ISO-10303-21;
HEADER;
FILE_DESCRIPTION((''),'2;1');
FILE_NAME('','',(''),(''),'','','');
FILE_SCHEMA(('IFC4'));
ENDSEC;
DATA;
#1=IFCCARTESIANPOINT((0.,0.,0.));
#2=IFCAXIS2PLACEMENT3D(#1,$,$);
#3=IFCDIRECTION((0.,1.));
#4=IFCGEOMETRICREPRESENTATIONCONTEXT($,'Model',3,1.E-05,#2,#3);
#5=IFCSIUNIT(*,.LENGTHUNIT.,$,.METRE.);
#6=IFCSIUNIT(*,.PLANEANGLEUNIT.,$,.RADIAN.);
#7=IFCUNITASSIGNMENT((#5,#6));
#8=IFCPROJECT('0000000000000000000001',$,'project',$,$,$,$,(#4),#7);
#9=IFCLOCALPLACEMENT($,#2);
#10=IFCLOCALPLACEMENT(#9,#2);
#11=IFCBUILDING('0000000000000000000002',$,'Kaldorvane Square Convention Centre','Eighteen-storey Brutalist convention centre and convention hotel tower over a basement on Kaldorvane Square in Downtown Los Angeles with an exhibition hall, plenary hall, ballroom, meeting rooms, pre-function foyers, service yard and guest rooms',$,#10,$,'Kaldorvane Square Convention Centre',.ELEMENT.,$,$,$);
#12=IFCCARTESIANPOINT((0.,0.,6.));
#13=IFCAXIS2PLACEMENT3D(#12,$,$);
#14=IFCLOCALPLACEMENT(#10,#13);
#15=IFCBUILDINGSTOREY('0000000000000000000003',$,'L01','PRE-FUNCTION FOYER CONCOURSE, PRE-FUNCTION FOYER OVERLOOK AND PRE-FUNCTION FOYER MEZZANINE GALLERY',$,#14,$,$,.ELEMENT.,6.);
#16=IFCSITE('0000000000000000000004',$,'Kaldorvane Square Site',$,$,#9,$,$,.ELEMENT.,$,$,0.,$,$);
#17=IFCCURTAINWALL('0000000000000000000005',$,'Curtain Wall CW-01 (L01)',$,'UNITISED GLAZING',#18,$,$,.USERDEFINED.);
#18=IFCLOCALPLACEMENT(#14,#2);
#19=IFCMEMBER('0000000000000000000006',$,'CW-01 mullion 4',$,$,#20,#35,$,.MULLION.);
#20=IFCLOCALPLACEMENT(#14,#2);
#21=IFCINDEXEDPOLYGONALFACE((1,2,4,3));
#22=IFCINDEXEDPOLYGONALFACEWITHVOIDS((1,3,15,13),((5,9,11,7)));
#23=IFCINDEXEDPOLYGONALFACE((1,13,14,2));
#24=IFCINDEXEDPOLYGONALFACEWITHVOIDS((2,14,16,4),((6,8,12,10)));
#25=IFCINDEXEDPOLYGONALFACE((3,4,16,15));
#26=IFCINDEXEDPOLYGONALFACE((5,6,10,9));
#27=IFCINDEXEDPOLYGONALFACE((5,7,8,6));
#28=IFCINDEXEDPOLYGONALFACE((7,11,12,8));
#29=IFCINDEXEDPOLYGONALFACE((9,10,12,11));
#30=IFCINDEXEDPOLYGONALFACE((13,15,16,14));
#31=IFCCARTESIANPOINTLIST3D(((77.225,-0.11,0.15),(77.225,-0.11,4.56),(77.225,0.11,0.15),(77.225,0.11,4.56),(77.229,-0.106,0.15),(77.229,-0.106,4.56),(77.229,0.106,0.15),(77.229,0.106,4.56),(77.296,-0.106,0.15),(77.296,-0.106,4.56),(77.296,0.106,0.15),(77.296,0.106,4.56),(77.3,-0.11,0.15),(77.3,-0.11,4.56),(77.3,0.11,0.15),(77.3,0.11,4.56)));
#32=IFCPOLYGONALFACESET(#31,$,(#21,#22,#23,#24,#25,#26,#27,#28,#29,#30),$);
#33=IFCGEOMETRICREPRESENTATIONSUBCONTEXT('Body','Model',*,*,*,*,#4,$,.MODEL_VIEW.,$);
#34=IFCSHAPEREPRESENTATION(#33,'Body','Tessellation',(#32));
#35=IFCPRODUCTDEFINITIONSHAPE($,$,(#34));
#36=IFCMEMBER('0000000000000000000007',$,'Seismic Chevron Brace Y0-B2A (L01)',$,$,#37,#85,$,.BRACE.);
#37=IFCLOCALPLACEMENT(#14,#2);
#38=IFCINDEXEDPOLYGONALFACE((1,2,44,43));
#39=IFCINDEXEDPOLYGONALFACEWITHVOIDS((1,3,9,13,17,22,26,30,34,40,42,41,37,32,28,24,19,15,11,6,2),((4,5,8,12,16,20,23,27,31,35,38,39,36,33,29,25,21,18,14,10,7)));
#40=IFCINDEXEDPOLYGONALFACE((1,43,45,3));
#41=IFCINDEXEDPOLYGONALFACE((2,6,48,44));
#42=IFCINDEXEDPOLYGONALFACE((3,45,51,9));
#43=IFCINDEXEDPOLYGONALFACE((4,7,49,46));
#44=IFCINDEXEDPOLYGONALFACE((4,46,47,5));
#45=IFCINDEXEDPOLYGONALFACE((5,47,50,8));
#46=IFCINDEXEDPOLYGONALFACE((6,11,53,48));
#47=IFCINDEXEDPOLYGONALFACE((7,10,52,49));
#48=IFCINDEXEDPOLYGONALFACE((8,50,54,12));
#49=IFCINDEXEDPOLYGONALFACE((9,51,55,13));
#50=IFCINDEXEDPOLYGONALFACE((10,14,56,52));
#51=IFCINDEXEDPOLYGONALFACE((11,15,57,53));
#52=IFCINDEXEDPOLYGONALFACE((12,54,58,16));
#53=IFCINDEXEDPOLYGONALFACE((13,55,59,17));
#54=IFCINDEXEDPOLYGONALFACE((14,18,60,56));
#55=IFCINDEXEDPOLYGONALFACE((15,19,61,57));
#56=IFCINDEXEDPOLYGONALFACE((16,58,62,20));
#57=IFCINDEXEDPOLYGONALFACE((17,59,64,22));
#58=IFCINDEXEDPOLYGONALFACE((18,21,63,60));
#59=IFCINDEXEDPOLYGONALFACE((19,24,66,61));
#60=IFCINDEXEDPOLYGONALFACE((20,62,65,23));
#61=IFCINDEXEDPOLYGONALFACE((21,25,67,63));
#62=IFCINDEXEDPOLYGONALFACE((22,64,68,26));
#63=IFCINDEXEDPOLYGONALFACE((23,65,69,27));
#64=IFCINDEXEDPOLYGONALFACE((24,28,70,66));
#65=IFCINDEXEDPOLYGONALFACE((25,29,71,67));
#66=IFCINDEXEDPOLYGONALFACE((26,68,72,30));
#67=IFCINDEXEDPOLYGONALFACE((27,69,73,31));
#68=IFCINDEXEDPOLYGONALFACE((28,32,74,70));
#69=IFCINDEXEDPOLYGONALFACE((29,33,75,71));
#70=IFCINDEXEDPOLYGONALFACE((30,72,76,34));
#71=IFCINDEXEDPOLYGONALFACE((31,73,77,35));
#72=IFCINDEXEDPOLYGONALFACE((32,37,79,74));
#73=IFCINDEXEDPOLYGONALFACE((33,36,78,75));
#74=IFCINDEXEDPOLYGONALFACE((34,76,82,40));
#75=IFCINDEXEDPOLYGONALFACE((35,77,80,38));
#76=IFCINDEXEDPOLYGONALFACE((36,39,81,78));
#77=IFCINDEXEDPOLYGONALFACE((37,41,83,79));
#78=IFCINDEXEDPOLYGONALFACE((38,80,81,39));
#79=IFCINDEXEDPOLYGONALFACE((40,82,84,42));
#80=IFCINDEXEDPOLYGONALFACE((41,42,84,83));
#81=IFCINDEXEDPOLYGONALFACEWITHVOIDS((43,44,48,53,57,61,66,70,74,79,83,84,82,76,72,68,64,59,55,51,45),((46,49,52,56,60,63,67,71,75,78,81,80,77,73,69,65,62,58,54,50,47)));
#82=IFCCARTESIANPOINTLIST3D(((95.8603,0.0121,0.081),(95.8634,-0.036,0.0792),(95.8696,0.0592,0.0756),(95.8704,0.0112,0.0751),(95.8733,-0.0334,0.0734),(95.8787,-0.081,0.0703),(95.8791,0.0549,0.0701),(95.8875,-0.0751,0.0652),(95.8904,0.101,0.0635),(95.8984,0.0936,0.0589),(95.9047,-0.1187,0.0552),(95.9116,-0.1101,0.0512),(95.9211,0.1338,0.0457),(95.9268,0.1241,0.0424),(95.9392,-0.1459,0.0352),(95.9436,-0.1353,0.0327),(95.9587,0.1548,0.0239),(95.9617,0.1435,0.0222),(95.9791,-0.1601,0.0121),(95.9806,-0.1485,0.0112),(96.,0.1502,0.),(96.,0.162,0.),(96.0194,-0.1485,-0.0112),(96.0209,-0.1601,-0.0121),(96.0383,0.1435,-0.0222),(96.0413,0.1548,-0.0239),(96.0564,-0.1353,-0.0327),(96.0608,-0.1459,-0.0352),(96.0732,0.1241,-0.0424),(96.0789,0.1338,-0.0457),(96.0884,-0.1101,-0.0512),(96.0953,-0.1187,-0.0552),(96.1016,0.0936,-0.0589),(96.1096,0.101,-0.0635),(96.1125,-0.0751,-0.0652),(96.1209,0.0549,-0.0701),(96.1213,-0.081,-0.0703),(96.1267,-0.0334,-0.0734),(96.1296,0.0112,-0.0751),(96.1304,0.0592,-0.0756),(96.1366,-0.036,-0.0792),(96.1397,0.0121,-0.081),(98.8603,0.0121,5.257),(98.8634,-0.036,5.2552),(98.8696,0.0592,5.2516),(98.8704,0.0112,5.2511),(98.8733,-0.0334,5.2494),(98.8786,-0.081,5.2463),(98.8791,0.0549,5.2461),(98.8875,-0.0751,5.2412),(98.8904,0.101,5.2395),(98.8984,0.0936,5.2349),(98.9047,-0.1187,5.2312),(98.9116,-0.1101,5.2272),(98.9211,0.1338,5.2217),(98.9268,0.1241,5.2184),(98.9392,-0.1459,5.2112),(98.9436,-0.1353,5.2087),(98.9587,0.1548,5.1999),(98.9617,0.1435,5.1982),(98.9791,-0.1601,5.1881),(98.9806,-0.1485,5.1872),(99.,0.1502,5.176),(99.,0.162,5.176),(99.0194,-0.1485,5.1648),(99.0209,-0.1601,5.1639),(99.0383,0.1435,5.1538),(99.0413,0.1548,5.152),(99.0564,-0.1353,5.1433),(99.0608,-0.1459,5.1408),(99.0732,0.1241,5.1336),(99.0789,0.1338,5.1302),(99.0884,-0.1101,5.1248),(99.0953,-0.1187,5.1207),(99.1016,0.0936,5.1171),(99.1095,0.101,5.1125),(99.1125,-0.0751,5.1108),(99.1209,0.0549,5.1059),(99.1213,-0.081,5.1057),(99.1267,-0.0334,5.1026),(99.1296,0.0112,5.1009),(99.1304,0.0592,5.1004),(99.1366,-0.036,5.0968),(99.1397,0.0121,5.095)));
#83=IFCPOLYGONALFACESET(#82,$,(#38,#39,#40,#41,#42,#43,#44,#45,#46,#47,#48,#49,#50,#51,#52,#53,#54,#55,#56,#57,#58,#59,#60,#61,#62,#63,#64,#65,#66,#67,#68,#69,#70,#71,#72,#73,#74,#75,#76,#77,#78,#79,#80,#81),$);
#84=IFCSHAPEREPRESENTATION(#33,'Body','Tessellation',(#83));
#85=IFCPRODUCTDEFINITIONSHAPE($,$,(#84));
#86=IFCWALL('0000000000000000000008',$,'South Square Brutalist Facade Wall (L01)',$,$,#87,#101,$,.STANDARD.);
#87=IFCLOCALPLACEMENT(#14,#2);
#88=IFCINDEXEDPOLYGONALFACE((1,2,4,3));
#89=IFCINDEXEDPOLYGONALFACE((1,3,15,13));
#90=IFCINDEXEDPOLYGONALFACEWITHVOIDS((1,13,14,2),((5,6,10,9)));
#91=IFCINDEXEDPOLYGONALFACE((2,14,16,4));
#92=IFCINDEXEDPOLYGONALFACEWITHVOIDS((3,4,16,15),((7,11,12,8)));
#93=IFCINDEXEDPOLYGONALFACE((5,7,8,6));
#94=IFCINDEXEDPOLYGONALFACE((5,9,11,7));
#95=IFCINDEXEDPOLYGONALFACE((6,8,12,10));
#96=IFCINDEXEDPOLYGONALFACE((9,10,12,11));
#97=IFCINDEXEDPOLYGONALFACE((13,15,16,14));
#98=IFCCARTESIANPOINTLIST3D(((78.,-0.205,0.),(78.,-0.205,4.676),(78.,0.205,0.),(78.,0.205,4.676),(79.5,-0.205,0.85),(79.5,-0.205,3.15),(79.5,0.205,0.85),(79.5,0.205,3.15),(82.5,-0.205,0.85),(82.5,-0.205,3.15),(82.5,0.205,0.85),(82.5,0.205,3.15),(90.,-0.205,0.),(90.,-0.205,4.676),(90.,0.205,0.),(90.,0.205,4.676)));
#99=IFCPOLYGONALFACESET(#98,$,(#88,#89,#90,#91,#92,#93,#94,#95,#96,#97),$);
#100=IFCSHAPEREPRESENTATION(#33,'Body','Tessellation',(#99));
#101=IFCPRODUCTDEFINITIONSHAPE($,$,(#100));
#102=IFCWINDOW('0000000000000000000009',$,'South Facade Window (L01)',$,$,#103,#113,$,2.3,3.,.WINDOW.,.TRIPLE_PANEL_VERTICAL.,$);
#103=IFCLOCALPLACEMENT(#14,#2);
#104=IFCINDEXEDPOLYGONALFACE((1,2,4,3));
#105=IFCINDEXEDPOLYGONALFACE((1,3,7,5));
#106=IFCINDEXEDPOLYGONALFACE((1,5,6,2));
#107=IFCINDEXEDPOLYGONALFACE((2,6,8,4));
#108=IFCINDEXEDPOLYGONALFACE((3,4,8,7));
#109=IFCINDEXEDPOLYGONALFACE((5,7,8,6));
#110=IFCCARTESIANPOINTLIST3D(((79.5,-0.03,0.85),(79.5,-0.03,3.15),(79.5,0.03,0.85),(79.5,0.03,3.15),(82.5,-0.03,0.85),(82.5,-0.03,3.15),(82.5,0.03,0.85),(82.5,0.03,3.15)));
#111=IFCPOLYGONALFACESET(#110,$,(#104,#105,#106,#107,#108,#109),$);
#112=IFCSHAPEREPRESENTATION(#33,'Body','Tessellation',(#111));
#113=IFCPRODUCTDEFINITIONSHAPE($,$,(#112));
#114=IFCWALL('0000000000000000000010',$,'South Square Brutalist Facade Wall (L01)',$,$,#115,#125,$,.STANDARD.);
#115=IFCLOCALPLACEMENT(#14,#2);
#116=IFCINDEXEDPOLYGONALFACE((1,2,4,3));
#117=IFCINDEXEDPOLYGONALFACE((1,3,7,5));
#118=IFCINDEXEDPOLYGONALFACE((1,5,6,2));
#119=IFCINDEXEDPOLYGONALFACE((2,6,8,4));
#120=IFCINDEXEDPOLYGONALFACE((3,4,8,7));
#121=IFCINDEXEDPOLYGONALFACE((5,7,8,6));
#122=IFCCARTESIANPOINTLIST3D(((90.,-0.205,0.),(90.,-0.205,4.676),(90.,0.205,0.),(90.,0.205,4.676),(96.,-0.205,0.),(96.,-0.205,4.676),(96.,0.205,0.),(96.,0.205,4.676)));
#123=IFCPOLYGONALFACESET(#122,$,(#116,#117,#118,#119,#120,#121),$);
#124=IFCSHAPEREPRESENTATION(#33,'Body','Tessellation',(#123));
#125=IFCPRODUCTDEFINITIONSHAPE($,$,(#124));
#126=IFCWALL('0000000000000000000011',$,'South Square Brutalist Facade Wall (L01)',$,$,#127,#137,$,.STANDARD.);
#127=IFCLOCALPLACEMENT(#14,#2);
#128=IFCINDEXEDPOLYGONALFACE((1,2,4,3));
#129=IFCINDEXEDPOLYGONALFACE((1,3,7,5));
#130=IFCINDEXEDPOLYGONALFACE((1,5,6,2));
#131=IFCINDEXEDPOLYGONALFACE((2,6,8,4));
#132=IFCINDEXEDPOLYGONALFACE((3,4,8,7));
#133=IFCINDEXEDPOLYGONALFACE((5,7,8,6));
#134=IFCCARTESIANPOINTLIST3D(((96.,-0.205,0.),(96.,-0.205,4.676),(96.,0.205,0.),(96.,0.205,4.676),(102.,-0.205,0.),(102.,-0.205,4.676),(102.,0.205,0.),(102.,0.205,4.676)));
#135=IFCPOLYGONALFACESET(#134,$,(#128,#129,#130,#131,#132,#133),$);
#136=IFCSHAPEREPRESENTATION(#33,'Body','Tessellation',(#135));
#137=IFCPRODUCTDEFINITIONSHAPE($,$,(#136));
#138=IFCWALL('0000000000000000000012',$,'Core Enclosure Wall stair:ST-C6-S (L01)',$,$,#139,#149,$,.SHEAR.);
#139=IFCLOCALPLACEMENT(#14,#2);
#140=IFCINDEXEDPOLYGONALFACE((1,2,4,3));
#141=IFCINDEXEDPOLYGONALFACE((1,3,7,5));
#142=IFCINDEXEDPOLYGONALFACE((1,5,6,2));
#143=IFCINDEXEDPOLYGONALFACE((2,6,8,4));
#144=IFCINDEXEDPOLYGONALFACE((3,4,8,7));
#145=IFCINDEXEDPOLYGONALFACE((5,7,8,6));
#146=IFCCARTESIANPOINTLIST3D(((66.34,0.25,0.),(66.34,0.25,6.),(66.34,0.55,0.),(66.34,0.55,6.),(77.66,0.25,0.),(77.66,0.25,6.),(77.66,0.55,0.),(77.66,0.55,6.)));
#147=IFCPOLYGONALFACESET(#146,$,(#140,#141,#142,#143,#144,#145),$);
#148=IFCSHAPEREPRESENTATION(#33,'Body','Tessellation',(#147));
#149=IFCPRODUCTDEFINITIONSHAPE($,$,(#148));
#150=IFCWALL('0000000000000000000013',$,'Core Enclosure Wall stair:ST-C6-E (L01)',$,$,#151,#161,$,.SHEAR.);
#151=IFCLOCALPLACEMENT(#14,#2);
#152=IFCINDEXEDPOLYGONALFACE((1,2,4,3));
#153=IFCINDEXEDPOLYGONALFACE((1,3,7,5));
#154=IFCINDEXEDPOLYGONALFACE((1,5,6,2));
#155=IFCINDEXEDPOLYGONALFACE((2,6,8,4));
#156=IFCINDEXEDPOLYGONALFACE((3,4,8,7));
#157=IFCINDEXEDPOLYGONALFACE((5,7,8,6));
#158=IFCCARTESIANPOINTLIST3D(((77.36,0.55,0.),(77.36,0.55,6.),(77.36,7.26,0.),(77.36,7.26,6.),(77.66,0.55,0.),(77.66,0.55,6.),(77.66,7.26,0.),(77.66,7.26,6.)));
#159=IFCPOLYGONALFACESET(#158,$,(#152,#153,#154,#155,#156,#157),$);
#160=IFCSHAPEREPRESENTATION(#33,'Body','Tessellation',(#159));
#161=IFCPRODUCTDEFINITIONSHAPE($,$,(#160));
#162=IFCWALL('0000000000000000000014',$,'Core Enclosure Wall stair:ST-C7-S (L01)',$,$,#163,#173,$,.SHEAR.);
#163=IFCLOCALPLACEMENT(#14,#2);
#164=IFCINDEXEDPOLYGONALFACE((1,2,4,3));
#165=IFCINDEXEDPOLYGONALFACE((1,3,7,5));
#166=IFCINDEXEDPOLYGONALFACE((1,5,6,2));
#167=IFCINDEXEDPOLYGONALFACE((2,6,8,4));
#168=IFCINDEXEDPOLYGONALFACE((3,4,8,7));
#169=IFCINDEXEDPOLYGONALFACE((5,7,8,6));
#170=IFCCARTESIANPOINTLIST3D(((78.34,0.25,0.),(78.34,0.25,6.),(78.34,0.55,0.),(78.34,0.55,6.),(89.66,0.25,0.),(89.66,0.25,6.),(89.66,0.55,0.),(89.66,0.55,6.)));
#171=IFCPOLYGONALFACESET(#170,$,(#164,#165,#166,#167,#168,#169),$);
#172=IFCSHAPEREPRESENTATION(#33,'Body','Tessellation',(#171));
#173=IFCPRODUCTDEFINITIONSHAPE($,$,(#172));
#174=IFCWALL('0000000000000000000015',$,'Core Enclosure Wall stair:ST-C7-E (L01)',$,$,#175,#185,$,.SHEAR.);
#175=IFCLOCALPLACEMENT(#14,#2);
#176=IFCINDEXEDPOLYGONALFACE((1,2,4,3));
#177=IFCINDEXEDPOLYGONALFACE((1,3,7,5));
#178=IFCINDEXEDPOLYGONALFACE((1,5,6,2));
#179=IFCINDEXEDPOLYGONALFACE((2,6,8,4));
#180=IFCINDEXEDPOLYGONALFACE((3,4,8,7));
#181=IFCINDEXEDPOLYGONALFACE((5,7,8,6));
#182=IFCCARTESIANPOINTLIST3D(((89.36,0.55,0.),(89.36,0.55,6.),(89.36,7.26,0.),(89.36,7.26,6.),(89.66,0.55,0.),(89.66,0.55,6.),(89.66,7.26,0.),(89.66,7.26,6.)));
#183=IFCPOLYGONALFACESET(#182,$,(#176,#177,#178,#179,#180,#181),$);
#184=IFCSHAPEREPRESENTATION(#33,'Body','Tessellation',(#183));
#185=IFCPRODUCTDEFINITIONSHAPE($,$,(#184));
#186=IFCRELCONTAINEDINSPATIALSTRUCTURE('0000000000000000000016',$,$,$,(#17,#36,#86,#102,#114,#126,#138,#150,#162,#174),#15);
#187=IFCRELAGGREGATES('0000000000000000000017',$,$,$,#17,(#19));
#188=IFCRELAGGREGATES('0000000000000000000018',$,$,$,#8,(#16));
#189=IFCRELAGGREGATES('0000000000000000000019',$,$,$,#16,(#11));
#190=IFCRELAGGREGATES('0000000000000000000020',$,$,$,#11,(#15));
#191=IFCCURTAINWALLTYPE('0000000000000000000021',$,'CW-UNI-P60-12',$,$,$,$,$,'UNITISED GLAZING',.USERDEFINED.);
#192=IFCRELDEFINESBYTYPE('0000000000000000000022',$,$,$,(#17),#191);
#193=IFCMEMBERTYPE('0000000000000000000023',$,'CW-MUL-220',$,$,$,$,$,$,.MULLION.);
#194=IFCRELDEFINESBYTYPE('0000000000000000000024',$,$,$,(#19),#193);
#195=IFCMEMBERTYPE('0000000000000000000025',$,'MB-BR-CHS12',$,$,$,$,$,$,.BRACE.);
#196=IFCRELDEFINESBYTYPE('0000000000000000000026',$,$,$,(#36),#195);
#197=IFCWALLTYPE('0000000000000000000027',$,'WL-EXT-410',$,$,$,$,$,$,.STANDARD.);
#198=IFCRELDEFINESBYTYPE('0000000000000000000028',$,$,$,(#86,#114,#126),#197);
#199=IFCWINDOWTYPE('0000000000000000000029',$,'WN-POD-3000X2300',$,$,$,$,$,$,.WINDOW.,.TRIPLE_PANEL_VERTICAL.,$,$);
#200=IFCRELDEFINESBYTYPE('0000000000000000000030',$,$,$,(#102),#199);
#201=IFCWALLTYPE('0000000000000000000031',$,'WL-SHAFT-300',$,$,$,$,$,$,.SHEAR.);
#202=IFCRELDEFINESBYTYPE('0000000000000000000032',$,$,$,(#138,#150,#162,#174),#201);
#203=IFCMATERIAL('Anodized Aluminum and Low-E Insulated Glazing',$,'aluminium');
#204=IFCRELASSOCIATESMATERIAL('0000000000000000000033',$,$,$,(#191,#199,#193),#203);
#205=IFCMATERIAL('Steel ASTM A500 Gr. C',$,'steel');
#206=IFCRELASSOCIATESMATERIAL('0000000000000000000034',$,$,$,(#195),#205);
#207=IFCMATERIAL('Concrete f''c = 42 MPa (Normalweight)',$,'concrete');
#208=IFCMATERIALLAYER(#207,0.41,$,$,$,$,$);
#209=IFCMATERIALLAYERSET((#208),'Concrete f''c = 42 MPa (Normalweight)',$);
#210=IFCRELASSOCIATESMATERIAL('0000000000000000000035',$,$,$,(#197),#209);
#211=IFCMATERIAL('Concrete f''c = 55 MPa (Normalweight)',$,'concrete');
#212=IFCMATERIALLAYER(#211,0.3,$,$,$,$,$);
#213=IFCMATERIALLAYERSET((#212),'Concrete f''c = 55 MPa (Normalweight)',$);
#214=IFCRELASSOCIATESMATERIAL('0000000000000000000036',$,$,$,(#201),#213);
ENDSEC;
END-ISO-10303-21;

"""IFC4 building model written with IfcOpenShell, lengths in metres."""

from ifc_helpers import new_model, si_unit, direction, frame, frame_2d, origin, origin_2d, place, context, subcontext, project, spatial, rectangle, hollow_rectangle, hollow_circle, extrude, material, layer, layer_set, material_profile, profile_set, type_object, element, fill, aggregate, save


model = new_model("IFC4")

# Units and contexts
model_context = context("Model", 3, precision=1e-05, world=origin(), true_north=direction((0.0, 1.0)))
body_context = subcontext(model_context, "Body", "Model", "MODEL_VIEW")
ifc_project = project(units=[si_unit("LENGTHUNIT", "METRE"), si_unit("PLANEANGLEUNIT", "RADIAN")], contexts=[model_context])

# Site, building, storey
site_placement = place(None, origin())
site = spatial("IfcSite", under=ifc_project, at=site_placement, Name="Kaldorvane Square Site", CompositionType="ELEMENT", RefElevation=0.0)
building_placement = place(site_placement, origin())
building = spatial("IfcBuilding", under=site, at=building_placement, Name="Kaldorvane Square Convention Centre", Description="Eighteen-storey Brutalist convention centre and convention hotel tower over a basement on Kaldorvane Square in Downtown Los Angeles with an exhibition hall, plenary hall, ballroom, meeting rooms, pre-function foyers, service yard and guest rooms", LongName="Kaldorvane Square Convention Centre", CompositionType="ELEMENT")
storey_placement = place(building_placement, frame((0.0, 0.0, 6.0)))
storey = spatial("IfcBuildingStorey", under=building, at=storey_placement, Name="L01", Description="PRE-FUNCTION FOYER CONCOURSE, PRE-FUNCTION FOYER OVERLOOK AND PRE-FUNCTION FOYER MEZZANINE GALLERY", CompositionType="ELEMENT", Elevation=6.0)

# Shared definitions
ifc_material_1 = material(Name="Concrete f'c = 55 MPa (Normalweight)", Category="concrete")

# Shared definitions
ifc_material_2 = material(Name="Concrete f'c = 42 MPa (Normalweight)", Category="concrete")

# Curtain wall, member
ifc_material_3 = material(Name="Anodized Aluminum and Low-E Insulated Glazing", Category="aluminium")
curtain_wall_type = type_object("IfcCurtainWallType", Name="CW-UNI-P60-12", ElementType="UNITISED GLAZING", PredefinedType="USERDEFINED", material=ifc_material_3)
curtain_wall_placement = place(storey_placement, origin())
curtain_wall = element("IfcCurtainWall", 1, at=curtain_wall_placement, inside=storey, type_object=curtain_wall_type, Name="Curtain Wall CW-01 (L01)", ObjectType="UNITISED GLAZING", PredefinedType="USERDEFINED")
ifc_material_profile_1 = material_profile(ifc_material_3, hollow_rectangle(XDim=0.075, YDim=0.22, WallThickness=0.004, at=origin_2d()), Name="CWM-220X75")
ifc_profile_set_1 = profile_set([ifc_material_profile_1], Name="Anodized Aluminum and Low-E Insulated Glazing")
member_type_1 = type_object("IfcMemberType", Name="CW-MUL-220", PredefinedType="MULLION", material=ifc_profile_set_1)
member_1_placement = place(storey_placement, frame((77.2625, 0.0, 0.15), z_axis=(0.0, 0.0, 1.0), x_axis=(1.0, 0.0, 0.0)))
member_1 = element("IfcMember", 2, at=member_1_placement, type_object=member_type_1, Name="CW-01 mullion 4", PredefinedType="MULLION", context=body_context, shape_type="SweptSolid", body=[
    extrude(hollow_rectangle(XDim=0.075, YDim=0.22, WallThickness=0.004, at=origin_2d()), origin(), (0.0, 0.0, 1.0), 4.41),
])
aggregate(curtain_wall, [member_1])

# Member
ifc_material_4 = material(Name="Steel ASTM A500 Gr. C", Category="steel")
ifc_material_profile_2 = material_profile(ifc_material_4, hollow_circle(Radius=0.162, WallThickness=0.0118, at=origin_2d()), Name="HSS12.750X0.500")
ifc_profile_set_2 = profile_set([ifc_material_profile_2], Name="Steel ASTM A500 Gr. C")
member_type_2 = type_object("IfcMemberType", Name="MB-BR-CHS12", PredefinedType="BRACE", material=ifc_profile_set_2)
member_2_placement = place(storey_placement, frame((96.0, 0.0, 0.0), z_axis=(0.501458, 0.0, 0.865182), x_axis=(0.0, 1.0, 0.0)))
element("IfcMember", 3, at=member_2_placement, inside=storey, type_object=member_type_2, Name="Seismic Chevron Brace Y0-B2A (L01)", PredefinedType="BRACE", context=body_context, shape_type="SweptSolid", body=[
    extrude(hollow_circle(Radius=0.162, WallThickness=0.0118, at=origin_2d()), origin(), (0.0, 0.0, 1.0), 5.9825),
])

# Wall, opening, window
ifc_layer_1 = layer(ifc_material_2, 0.41)
ifc_layer_set_1 = layer_set([ifc_layer_1], Name="Concrete f'c = 42 MPa (Normalweight)")
wall_type_1 = type_object("IfcWallType", Name="WL-EXT-410", PredefinedType="STANDARD", material=ifc_layer_set_1)
wall_1_placement = place(storey_placement, frame((78.0, 0.0, 0.0), z_axis=(0.0, 0.0, 1.0), x_axis=(1.0, 0.0, 0.0)))
wall_1 = element("IfcWall", 4, at=wall_1_placement, inside=storey, type_object=wall_type_1, Name="South Square Brutalist Facade Wall (L01)", PredefinedType="STANDARD", context=body_context, shape_type="SweptSolid", body=[
    extrude(rectangle(XDim=12.0, YDim=0.41, at=frame_2d((6.0, 0.0))), origin(), (0.0, 0.0, 1.0), 4.676),
])
opening_placement = place(wall_1_placement, frame((1.5, 0.0, 0.85)))
opening = element("IfcOpeningElement", 5, at=opening_placement, cuts=wall_1, PredefinedType="OPENING", context=body_context, shape_type="SweptSolid", body=[
    extrude(rectangle(XDim=3.0, YDim=2.3, at=frame_2d((1.5, 1.15))), frame((0.0, 0.22, 0.0), z_axis=(0.0, -1.0, 0.0), x_axis=(1.0, 0.0, 0.0)), (0.0, 0.0, 1.0), 0.44),
])
window_type = type_object("IfcWindowType", Name="WN-POD-3000X2300", PartitioningType="TRIPLE_PANEL_VERTICAL", PredefinedType="WINDOW", material=ifc_material_3)
window_placement = place(opening_placement, origin())
window = element("IfcWindow", 6, at=window_placement, inside=storey, type_object=window_type, Name="South Facade Window (L01)", OverallHeight=2.3, OverallWidth=3.0, PartitioningType="TRIPLE_PANEL_VERTICAL", PredefinedType="WINDOW", context=body_context, shape_type="SweptSolid", body=[
    extrude(rectangle(XDim=3.0, YDim=2.3, at=frame_2d((1.5, 1.15))), frame((0.0, 0.03, 0.0), z_axis=(0.0, -1.0, 0.0), x_axis=(1.0, 0.0, 0.0)), (0.0, 0.0, 1.0), 0.06),
])
fill(opening, window)

# Walls
for number, where, z_axis, x_axis, name in (
    (7, (90.0, 0.0, 0.0), (0.0, 0.0, 1.0), (1.0, 0.0, 0.0), "South Square Brutalist Facade Wall (L01)"),
    (8, (96.0, 0.0, 0.0), (0.0, 0.0, 1.0), (1.0, 0.0, 0.0), "South Square Brutalist Facade Wall (L01)"),
):
    element("IfcWall", number, at=place(storey_placement, frame(where, z_axis=z_axis, x_axis=x_axis)), inside=storey, type_object=wall_type_1, Name=name, PredefinedType="STANDARD", context=body_context, shape_type="SweptSolid", body=[
        extrude(rectangle(XDim=6.0, YDim=0.41, at=frame_2d((3.0, 0.0))), origin(), (0.0, 0.0, 1.0), 4.676),
    ])
ifc_layer_2 = layer(ifc_material_1, 0.3)
ifc_layer_set_2 = layer_set([ifc_layer_2], Name="Concrete f'c = 55 MPa (Normalweight)")
wall_type_2 = type_object("IfcWallType", Name="WL-SHAFT-300", PredefinedType="SHEAR", material=ifc_layer_set_2)
wall_2_placement = place(storey_placement, frame((77.66, 0.4, 0.0), z_axis=(0.0, 0.0, 1.0), x_axis=(-1.0, 0.0, 0.0)))
element("IfcWall", 9, at=wall_2_placement, inside=storey, type_object=wall_type_2, Name="Core Enclosure Wall stair:ST-C6-S (L01)", PredefinedType="SHEAR", context=body_context, shape_type="SweptSolid", body=[
    extrude(rectangle(XDim=11.32, YDim=0.3, at=frame_2d((5.66, 0.0))), origin(), (0.0, 0.0, 1.0), 6.0),
])
wall_3_placement = place(storey_placement, frame((77.51, 0.55, 0.0), z_axis=(0.0, 0.0, 1.0), x_axis=(0.0, 1.0, 0.0)))
element("IfcWall", 10, at=wall_3_placement, inside=storey, type_object=wall_type_2, Name="Core Enclosure Wall stair:ST-C6-E (L01)", PredefinedType="SHEAR", context=body_context, shape_type="SweptSolid", body=[
    extrude(rectangle(XDim=6.71, YDim=0.3, at=frame_2d((3.355, 0.0))), origin(), (0.0, 0.0, 1.0), 6.0),
])
wall_4_placement = place(storey_placement, frame((89.66, 0.4, 0.0), z_axis=(0.0, 0.0, 1.0), x_axis=(-1.0, 0.0, 0.0)))
element("IfcWall", 11, at=wall_4_placement, inside=storey, type_object=wall_type_2, Name="Core Enclosure Wall stair:ST-C7-S (L01)", PredefinedType="SHEAR", context=body_context, shape_type="SweptSolid", body=[
    extrude(rectangle(XDim=11.32, YDim=0.3, at=frame_2d((5.66, 0.0))), origin(), (0.0, 0.0, 1.0), 6.0),
])
wall_5_placement = place(storey_placement, frame((89.51, 0.55, 0.0), z_axis=(0.0, 0.0, 1.0), x_axis=(0.0, 1.0, 0.0)))
element("IfcWall", 12, at=wall_5_placement, inside=storey, type_object=wall_type_2, Name="Core Enclosure Wall stair:ST-C7-E (L01)", PredefinedType="SHEAR", context=body_context, shape_type="SweptSolid", body=[
    extrude(rectangle(XDim=6.71, YDim=0.3, at=frame_2d((3.355, 0.0))), origin(), (0.0, 0.0, 1.0), 6.0),
])

save(model, "model.ifc")
